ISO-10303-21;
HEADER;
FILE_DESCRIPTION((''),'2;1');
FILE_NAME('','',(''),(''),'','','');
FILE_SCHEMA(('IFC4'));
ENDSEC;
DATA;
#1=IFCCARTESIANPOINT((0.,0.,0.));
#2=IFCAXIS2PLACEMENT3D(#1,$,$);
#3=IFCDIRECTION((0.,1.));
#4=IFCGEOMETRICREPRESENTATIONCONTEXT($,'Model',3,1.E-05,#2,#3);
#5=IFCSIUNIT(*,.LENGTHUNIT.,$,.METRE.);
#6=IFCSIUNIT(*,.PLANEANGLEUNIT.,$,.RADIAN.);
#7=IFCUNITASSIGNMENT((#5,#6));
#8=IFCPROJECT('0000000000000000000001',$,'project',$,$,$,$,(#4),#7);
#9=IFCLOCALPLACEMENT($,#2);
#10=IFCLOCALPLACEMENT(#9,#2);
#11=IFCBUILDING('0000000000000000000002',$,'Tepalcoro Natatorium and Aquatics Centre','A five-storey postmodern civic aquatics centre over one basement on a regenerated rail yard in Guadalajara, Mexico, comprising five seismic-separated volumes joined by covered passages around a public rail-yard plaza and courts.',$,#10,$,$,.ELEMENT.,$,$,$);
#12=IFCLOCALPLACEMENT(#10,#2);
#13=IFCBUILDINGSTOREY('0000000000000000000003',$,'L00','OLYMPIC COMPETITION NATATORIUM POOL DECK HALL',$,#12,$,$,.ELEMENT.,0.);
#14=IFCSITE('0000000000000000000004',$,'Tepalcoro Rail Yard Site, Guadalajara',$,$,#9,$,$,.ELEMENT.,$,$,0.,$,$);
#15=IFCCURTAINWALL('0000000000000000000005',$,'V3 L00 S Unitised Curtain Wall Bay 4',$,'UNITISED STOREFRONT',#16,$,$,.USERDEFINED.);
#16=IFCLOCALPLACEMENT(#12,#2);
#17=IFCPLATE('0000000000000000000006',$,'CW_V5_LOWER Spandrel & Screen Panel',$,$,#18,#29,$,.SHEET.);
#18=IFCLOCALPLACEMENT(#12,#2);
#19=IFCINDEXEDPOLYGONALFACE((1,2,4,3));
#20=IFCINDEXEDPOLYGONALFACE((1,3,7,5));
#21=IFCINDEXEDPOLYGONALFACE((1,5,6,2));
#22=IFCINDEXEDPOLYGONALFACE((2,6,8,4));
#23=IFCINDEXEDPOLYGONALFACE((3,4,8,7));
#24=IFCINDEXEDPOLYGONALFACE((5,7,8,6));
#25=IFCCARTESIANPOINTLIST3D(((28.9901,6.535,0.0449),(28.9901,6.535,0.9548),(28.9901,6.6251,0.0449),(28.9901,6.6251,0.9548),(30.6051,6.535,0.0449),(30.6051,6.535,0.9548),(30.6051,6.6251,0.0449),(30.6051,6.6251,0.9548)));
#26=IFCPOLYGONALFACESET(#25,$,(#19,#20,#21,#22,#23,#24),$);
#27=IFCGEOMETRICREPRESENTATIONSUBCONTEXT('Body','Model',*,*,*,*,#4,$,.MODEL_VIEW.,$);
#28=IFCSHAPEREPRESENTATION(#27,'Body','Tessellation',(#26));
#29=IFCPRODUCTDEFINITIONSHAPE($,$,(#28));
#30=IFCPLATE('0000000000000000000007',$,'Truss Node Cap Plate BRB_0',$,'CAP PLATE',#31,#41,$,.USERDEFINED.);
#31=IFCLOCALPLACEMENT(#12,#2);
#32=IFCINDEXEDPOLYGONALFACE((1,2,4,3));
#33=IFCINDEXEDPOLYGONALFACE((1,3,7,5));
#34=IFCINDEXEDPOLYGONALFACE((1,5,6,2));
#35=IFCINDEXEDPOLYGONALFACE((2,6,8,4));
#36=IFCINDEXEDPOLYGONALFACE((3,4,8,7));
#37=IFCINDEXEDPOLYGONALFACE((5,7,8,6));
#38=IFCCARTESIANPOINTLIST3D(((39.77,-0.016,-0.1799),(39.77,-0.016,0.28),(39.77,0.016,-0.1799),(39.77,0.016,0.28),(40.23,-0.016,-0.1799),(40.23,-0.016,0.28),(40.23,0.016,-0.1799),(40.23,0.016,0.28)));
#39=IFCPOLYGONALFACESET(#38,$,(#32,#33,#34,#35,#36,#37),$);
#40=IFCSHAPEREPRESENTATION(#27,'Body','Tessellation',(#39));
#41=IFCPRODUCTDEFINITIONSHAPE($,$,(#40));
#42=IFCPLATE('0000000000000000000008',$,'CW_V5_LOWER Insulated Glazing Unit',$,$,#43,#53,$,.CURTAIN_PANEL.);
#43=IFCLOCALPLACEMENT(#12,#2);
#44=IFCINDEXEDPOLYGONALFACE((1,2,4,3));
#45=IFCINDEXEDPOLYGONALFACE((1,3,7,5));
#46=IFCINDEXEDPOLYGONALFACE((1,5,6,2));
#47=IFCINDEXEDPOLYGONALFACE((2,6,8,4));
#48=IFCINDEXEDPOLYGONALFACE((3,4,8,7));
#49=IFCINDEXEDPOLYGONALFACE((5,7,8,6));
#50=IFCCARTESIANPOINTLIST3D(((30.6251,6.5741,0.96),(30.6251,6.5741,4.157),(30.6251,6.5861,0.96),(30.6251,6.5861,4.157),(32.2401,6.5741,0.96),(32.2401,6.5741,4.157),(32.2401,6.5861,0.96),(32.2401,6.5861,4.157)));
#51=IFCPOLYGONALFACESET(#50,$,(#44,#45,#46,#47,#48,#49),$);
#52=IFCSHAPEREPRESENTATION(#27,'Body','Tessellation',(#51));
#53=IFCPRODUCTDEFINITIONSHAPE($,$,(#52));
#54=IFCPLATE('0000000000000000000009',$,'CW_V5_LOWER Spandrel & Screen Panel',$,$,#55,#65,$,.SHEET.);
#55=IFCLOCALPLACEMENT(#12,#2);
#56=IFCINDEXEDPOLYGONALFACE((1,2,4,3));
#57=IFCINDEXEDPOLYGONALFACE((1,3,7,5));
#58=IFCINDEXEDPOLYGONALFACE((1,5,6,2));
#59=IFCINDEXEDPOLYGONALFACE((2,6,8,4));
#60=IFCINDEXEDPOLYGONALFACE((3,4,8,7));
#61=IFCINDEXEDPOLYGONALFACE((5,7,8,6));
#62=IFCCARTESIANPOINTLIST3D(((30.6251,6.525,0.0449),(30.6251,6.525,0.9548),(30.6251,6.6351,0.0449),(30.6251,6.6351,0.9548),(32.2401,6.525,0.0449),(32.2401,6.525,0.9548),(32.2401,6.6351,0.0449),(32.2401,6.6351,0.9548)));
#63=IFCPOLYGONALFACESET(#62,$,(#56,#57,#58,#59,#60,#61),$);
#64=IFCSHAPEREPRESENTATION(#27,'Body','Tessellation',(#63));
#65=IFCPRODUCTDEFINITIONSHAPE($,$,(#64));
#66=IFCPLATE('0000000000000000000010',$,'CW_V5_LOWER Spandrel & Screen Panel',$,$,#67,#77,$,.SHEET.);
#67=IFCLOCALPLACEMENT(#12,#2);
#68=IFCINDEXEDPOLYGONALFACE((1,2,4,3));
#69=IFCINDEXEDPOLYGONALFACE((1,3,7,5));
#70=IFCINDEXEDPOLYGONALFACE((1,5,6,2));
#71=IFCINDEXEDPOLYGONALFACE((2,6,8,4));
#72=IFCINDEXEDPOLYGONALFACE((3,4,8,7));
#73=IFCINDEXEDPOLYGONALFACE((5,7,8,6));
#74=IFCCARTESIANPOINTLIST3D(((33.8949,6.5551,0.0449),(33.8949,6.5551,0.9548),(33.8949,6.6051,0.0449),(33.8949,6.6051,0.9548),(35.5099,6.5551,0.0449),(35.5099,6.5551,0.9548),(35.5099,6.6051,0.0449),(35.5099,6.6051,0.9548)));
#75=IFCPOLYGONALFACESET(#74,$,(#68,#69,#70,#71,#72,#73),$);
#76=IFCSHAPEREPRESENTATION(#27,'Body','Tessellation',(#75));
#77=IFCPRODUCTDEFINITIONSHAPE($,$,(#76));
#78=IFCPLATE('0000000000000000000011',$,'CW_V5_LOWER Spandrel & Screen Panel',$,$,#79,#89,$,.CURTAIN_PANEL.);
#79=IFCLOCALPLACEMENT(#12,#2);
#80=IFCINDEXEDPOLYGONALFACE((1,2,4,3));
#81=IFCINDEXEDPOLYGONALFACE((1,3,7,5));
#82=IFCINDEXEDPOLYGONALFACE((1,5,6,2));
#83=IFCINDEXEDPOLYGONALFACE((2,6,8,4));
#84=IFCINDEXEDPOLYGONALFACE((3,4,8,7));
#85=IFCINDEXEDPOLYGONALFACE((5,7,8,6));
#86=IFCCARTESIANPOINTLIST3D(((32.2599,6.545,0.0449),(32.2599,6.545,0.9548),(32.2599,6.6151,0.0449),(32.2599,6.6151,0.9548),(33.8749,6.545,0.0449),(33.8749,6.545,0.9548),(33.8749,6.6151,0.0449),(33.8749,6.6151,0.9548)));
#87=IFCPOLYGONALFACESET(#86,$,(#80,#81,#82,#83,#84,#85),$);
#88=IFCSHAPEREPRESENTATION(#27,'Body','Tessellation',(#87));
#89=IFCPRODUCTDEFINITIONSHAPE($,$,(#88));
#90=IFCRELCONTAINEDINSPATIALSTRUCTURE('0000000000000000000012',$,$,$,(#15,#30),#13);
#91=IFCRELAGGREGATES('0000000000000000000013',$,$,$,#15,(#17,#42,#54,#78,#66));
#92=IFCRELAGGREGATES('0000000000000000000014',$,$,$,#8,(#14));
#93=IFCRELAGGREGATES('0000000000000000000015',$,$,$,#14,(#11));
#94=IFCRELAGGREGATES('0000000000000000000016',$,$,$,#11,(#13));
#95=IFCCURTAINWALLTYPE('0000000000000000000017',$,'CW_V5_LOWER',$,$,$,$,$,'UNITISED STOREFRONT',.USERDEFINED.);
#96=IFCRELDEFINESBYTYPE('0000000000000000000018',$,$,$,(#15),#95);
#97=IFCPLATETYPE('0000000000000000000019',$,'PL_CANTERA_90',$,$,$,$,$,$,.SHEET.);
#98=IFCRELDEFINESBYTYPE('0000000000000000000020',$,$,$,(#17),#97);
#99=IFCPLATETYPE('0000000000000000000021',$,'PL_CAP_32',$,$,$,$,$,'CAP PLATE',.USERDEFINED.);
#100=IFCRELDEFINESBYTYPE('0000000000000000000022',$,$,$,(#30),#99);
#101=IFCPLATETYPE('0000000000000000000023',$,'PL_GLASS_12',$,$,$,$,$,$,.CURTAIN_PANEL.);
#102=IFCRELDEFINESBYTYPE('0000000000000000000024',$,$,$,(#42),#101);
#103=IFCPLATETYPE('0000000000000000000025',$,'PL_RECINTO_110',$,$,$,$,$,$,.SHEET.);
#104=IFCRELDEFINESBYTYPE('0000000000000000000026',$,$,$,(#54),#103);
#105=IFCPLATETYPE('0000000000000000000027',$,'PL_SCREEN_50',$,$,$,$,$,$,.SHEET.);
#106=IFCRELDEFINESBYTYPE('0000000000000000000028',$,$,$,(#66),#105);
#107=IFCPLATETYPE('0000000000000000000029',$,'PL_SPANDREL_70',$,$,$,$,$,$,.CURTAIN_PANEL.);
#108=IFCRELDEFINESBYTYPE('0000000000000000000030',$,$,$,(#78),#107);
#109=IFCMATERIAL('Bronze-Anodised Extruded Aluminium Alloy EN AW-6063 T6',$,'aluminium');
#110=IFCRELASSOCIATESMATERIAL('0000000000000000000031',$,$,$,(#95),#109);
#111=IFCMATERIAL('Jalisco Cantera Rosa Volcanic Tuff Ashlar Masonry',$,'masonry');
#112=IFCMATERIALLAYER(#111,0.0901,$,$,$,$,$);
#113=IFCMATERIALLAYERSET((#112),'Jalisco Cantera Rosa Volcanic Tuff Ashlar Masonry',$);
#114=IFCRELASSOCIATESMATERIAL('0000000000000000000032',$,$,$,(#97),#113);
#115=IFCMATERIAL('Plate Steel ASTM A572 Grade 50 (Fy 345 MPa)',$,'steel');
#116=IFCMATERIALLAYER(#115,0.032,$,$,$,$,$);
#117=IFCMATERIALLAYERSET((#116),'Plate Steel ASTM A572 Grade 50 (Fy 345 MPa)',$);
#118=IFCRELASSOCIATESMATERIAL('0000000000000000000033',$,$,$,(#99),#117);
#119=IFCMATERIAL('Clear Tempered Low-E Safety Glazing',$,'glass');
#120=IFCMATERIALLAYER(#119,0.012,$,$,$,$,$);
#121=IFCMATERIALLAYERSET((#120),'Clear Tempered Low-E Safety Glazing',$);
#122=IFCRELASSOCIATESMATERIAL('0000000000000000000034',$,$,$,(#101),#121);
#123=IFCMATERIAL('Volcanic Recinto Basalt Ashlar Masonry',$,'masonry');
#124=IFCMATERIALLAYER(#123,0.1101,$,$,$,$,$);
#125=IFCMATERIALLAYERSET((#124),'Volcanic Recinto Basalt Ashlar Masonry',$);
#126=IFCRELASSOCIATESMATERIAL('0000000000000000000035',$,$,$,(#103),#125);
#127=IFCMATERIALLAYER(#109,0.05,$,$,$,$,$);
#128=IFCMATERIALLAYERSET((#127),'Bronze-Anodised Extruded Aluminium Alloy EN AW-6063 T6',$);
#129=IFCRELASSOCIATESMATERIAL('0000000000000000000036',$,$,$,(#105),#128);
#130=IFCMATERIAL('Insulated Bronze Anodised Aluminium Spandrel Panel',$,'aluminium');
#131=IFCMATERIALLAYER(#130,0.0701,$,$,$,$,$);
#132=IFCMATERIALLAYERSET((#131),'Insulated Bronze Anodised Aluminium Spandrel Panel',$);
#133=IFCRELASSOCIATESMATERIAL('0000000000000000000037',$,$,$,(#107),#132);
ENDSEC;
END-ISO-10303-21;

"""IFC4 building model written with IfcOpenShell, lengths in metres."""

from ifc_helpers import new_model, si_unit, direction, frame, origin, origin_2d, place, context, subcontext, project, spatial, rectangle, extrude, material, layer, layer_set, type_object, element, aggregate, save


model = new_model("IFC4")

# Units and contexts
model_context = context("Model", 3, precision=1e-05, world=origin(), true_north=direction((0.0, 1.0)))
body_context = subcontext(model_context, "Body", "Model", "MODEL_VIEW")
ifc_project = project(units=[si_unit("LENGTHUNIT", "METRE"), si_unit("PLANEANGLEUNIT", "RADIAN")], contexts=[model_context])

# Site, building, storey
site_placement = place(None, origin())
site = spatial("IfcSite", under=ifc_project, at=site_placement, Name="Tepalcoro Rail Yard Site, Guadalajara", CompositionType="ELEMENT", RefElevation=0.0)
building_placement = place(site_placement, origin())
building = spatial("IfcBuilding", under=site, at=building_placement, Name="Tepalcoro Natatorium and Aquatics Centre", Description="A five-storey postmodern civic aquatics centre over one basement on a regenerated rail yard in Guadalajara, Mexico, comprising five seismic-separated volumes joined by covered passages around a public rail-yard plaza and courts.", CompositionType="ELEMENT")
storey_placement = place(building_placement, origin())
storey = spatial("IfcBuildingStorey", under=building, at=storey_placement, Name="L00", Description="OLYMPIC COMPETITION NATATORIUM POOL DECK HALL", CompositionType="ELEMENT", Elevation=0.0)

# Curtain wall
ifc_material_1 = material(Name="Bronze-Anodised Extruded Aluminium Alloy EN AW-6063 T6", Category="aluminium")
curtain_wall_type = type_object("IfcCurtainWallType", Name="CW_V5_LOWER", ElementType="UNITISED STOREFRONT", PredefinedType="USERDEFINED", material=ifc_material_1)
curtain_wall_placement = place(storey_placement, origin())
curtain_wall = element("IfcCurtainWall", 1, at=curtain_wall_placement, inside=storey, type_object=curtain_wall_type, Name="V3 L00 S Unitised Curtain Wall Bay 4", ObjectType="UNITISED STOREFRONT", PredefinedType="USERDEFINED")

# Plates
ifc_material_2 = material(Name="Jalisco Cantera Rosa Volcanic Tuff Ashlar Masonry", Category="masonry")
ifc_layer_1 = layer(ifc_material_2, 0.0901)
ifc_layer_set_1 = layer_set([ifc_layer_1], Name="Jalisco Cantera Rosa Volcanic Tuff Ashlar Masonry")
plate_type_1 = type_object("IfcPlateType", Name="PL_CANTERA_90", PredefinedType="SHEET", material=ifc_layer_set_1)
plate_1_placement = place(storey_placement, frame((29.7976, 6.5801, 0.0449), z_axis=(0.0, 0.0, 1.0), x_axis=(1.0, 0.0, 0.0)))
plate_1 = element("IfcPlate", 2, at=plate_1_placement, type_object=plate_type_1, Name="CW_V5_LOWER Spandrel & Screen Panel", PredefinedType="SHEET", context=body_context, shape_type="SweptSolid", body=[
    extrude(rectangle(XDim=1.615, YDim=0.0901, at=origin_2d()), origin(), (0.0, 0.0, 1.0), 0.9099),
])
ifc_material_3 = material(Name="Plate Steel ASTM A572 Grade 50 (Fy 345 MPa)", Category="steel")
ifc_layer_2 = layer(ifc_material_3, 0.032)
ifc_layer_set_2 = layer_set([ifc_layer_2], Name="Plate Steel ASTM A572 Grade 50 (Fy 345 MPa)")
plate_type_2 = type_object("IfcPlateType", Name="PL_CAP_32", ElementType="CAP PLATE", PredefinedType="USERDEFINED", material=ifc_layer_set_2)
plate_2_placement = place(storey_placement, frame((40.0, 0.0, -0.1799), z_axis=(0.0, 0.0, 1.0), x_axis=(1.0, 0.0, 0.0)))
element("IfcPlate", 3, at=plate_2_placement, inside=storey, type_object=plate_type_2, Name="Truss Node Cap Plate BRB_0", ObjectType="CAP PLATE", PredefinedType="USERDEFINED", context=body_context, shape_type="SweptSolid", body=[
    extrude(rectangle(XDim=0.46, YDim=0.032, at=origin_2d()), origin(), (0.0, 0.0, 1.0), 0.46),
])
ifc_material_4 = material(Name="Clear Tempered Low-E Safety Glazing", Category="glass")
ifc_layer_3 = layer(ifc_material_4, 0.012)
ifc_layer_set_3 = layer_set([ifc_layer_3], Name="Clear Tempered Low-E Safety Glazing")
plate_type_3 = type_object("IfcPlateType", Name="PL_GLASS_12", PredefinedType="CURTAIN_PANEL", material=ifc_layer_set_3)
plate_3_placement = place(storey_placement, frame((31.4326, 6.5801, 0.96), z_axis=(0.0, 0.0, 1.0), x_axis=(1.0, 0.0, 0.0)))
plate_3 = element("IfcPlate", 4, at=plate_3_placement, type_object=plate_type_3, Name="CW_V5_LOWER Insulated Glazing Unit", PredefinedType="CURTAIN_PANEL", context=body_context, shape_type="SweptSolid", body=[
    extrude(rectangle(XDim=1.615, YDim=0.012, at=origin_2d()), origin(), (0.0, 0.0, 1.0), 3.197),
])
ifc_material_5 = material(Name="Volcanic Recinto Basalt Ashlar Masonry", Category="masonry")
ifc_layer_4 = layer(ifc_material_5, 0.1101)
ifc_layer_set_4 = layer_set([ifc_layer_4], Name="Volcanic Recinto Basalt Ashlar Masonry")
plate_type_4 = type_object("IfcPlateType", Name="PL_RECINTO_110", PredefinedType="SHEET", material=ifc_layer_set_4)
plate_4_placement = place(storey_placement, frame((31.4326, 6.5801, 0.0449), z_axis=(0.0, 0.0, 1.0), x_axis=(1.0, 0.0, 0.0)))
plate_4 = element("IfcPlate", 5, at=plate_4_placement, type_object=plate_type_4, Name="CW_V5_LOWER Spandrel & Screen Panel", PredefinedType="SHEET", context=body_context, shape_type="SweptSolid", body=[
    extrude(rectangle(XDim=1.615, YDim=0.1101, at=origin_2d()), origin(), (0.0, 0.0, 1.0), 0.9099),
])
ifc_layer_5 = layer(ifc_material_1, 0.05)
ifc_layer_set_5 = layer_set([ifc_layer_5], Name="Bronze-Anodised Extruded Aluminium Alloy EN AW-6063 T6")
plate_type_5 = type_object("IfcPlateType", Name="PL_SCREEN_50", PredefinedType="SHEET", material=ifc_layer_set_5)
plate_5_placement = place(storey_placement, frame((34.7024, 6.5801, 0.0449), z_axis=(0.0, 0.0, 1.0), x_axis=(1.0, 0.0, 0.0)))
plate_5 = element("IfcPlate", 6, at=plate_5_placement, type_object=plate_type_5, Name="CW_V5_LOWER Spandrel & Screen Panel", PredefinedType="SHEET", context=body_context, shape_type="SweptSolid", body=[
    extrude(rectangle(XDim=1.615, YDim=0.05, at=origin_2d()), origin(), (0.0, 0.0, 1.0), 0.9099),
])
ifc_material_6 = material(Name="Insulated Bronze Anodised Aluminium Spandrel Panel", Category="aluminium")
ifc_layer_6 = layer(ifc_material_6, 0.0701)
ifc_layer_set_6 = layer_set([ifc_layer_6], Name="Insulated Bronze Anodised Aluminium Spandrel Panel")
plate_type_6 = type_object("IfcPlateType", Name="PL_SPANDREL_70", PredefinedType="CURTAIN_PANEL", material=ifc_layer_set_6)
plate_6_placement = place(storey_placement, frame((33.0674, 6.5801, 0.0449), z_axis=(0.0, 0.0, 1.0), x_axis=(1.0, 0.0, 0.0)))
plate_6 = element("IfcPlate", 7, at=plate_6_placement, type_object=plate_type_6, Name="CW_V5_LOWER Spandrel & Screen Panel", PredefinedType="CURTAIN_PANEL", context=body_context, shape_type="SweptSolid", body=[
    extrude(rectangle(XDim=1.615, YDim=0.0701, at=origin_2d()), origin(), (0.0, 0.0, 1.0), 0.9099),
])
aggregate(curtain_wall, [plate_1, plate_3, plate_4, plate_6, plate_5])

save(model, "model.ifc")
